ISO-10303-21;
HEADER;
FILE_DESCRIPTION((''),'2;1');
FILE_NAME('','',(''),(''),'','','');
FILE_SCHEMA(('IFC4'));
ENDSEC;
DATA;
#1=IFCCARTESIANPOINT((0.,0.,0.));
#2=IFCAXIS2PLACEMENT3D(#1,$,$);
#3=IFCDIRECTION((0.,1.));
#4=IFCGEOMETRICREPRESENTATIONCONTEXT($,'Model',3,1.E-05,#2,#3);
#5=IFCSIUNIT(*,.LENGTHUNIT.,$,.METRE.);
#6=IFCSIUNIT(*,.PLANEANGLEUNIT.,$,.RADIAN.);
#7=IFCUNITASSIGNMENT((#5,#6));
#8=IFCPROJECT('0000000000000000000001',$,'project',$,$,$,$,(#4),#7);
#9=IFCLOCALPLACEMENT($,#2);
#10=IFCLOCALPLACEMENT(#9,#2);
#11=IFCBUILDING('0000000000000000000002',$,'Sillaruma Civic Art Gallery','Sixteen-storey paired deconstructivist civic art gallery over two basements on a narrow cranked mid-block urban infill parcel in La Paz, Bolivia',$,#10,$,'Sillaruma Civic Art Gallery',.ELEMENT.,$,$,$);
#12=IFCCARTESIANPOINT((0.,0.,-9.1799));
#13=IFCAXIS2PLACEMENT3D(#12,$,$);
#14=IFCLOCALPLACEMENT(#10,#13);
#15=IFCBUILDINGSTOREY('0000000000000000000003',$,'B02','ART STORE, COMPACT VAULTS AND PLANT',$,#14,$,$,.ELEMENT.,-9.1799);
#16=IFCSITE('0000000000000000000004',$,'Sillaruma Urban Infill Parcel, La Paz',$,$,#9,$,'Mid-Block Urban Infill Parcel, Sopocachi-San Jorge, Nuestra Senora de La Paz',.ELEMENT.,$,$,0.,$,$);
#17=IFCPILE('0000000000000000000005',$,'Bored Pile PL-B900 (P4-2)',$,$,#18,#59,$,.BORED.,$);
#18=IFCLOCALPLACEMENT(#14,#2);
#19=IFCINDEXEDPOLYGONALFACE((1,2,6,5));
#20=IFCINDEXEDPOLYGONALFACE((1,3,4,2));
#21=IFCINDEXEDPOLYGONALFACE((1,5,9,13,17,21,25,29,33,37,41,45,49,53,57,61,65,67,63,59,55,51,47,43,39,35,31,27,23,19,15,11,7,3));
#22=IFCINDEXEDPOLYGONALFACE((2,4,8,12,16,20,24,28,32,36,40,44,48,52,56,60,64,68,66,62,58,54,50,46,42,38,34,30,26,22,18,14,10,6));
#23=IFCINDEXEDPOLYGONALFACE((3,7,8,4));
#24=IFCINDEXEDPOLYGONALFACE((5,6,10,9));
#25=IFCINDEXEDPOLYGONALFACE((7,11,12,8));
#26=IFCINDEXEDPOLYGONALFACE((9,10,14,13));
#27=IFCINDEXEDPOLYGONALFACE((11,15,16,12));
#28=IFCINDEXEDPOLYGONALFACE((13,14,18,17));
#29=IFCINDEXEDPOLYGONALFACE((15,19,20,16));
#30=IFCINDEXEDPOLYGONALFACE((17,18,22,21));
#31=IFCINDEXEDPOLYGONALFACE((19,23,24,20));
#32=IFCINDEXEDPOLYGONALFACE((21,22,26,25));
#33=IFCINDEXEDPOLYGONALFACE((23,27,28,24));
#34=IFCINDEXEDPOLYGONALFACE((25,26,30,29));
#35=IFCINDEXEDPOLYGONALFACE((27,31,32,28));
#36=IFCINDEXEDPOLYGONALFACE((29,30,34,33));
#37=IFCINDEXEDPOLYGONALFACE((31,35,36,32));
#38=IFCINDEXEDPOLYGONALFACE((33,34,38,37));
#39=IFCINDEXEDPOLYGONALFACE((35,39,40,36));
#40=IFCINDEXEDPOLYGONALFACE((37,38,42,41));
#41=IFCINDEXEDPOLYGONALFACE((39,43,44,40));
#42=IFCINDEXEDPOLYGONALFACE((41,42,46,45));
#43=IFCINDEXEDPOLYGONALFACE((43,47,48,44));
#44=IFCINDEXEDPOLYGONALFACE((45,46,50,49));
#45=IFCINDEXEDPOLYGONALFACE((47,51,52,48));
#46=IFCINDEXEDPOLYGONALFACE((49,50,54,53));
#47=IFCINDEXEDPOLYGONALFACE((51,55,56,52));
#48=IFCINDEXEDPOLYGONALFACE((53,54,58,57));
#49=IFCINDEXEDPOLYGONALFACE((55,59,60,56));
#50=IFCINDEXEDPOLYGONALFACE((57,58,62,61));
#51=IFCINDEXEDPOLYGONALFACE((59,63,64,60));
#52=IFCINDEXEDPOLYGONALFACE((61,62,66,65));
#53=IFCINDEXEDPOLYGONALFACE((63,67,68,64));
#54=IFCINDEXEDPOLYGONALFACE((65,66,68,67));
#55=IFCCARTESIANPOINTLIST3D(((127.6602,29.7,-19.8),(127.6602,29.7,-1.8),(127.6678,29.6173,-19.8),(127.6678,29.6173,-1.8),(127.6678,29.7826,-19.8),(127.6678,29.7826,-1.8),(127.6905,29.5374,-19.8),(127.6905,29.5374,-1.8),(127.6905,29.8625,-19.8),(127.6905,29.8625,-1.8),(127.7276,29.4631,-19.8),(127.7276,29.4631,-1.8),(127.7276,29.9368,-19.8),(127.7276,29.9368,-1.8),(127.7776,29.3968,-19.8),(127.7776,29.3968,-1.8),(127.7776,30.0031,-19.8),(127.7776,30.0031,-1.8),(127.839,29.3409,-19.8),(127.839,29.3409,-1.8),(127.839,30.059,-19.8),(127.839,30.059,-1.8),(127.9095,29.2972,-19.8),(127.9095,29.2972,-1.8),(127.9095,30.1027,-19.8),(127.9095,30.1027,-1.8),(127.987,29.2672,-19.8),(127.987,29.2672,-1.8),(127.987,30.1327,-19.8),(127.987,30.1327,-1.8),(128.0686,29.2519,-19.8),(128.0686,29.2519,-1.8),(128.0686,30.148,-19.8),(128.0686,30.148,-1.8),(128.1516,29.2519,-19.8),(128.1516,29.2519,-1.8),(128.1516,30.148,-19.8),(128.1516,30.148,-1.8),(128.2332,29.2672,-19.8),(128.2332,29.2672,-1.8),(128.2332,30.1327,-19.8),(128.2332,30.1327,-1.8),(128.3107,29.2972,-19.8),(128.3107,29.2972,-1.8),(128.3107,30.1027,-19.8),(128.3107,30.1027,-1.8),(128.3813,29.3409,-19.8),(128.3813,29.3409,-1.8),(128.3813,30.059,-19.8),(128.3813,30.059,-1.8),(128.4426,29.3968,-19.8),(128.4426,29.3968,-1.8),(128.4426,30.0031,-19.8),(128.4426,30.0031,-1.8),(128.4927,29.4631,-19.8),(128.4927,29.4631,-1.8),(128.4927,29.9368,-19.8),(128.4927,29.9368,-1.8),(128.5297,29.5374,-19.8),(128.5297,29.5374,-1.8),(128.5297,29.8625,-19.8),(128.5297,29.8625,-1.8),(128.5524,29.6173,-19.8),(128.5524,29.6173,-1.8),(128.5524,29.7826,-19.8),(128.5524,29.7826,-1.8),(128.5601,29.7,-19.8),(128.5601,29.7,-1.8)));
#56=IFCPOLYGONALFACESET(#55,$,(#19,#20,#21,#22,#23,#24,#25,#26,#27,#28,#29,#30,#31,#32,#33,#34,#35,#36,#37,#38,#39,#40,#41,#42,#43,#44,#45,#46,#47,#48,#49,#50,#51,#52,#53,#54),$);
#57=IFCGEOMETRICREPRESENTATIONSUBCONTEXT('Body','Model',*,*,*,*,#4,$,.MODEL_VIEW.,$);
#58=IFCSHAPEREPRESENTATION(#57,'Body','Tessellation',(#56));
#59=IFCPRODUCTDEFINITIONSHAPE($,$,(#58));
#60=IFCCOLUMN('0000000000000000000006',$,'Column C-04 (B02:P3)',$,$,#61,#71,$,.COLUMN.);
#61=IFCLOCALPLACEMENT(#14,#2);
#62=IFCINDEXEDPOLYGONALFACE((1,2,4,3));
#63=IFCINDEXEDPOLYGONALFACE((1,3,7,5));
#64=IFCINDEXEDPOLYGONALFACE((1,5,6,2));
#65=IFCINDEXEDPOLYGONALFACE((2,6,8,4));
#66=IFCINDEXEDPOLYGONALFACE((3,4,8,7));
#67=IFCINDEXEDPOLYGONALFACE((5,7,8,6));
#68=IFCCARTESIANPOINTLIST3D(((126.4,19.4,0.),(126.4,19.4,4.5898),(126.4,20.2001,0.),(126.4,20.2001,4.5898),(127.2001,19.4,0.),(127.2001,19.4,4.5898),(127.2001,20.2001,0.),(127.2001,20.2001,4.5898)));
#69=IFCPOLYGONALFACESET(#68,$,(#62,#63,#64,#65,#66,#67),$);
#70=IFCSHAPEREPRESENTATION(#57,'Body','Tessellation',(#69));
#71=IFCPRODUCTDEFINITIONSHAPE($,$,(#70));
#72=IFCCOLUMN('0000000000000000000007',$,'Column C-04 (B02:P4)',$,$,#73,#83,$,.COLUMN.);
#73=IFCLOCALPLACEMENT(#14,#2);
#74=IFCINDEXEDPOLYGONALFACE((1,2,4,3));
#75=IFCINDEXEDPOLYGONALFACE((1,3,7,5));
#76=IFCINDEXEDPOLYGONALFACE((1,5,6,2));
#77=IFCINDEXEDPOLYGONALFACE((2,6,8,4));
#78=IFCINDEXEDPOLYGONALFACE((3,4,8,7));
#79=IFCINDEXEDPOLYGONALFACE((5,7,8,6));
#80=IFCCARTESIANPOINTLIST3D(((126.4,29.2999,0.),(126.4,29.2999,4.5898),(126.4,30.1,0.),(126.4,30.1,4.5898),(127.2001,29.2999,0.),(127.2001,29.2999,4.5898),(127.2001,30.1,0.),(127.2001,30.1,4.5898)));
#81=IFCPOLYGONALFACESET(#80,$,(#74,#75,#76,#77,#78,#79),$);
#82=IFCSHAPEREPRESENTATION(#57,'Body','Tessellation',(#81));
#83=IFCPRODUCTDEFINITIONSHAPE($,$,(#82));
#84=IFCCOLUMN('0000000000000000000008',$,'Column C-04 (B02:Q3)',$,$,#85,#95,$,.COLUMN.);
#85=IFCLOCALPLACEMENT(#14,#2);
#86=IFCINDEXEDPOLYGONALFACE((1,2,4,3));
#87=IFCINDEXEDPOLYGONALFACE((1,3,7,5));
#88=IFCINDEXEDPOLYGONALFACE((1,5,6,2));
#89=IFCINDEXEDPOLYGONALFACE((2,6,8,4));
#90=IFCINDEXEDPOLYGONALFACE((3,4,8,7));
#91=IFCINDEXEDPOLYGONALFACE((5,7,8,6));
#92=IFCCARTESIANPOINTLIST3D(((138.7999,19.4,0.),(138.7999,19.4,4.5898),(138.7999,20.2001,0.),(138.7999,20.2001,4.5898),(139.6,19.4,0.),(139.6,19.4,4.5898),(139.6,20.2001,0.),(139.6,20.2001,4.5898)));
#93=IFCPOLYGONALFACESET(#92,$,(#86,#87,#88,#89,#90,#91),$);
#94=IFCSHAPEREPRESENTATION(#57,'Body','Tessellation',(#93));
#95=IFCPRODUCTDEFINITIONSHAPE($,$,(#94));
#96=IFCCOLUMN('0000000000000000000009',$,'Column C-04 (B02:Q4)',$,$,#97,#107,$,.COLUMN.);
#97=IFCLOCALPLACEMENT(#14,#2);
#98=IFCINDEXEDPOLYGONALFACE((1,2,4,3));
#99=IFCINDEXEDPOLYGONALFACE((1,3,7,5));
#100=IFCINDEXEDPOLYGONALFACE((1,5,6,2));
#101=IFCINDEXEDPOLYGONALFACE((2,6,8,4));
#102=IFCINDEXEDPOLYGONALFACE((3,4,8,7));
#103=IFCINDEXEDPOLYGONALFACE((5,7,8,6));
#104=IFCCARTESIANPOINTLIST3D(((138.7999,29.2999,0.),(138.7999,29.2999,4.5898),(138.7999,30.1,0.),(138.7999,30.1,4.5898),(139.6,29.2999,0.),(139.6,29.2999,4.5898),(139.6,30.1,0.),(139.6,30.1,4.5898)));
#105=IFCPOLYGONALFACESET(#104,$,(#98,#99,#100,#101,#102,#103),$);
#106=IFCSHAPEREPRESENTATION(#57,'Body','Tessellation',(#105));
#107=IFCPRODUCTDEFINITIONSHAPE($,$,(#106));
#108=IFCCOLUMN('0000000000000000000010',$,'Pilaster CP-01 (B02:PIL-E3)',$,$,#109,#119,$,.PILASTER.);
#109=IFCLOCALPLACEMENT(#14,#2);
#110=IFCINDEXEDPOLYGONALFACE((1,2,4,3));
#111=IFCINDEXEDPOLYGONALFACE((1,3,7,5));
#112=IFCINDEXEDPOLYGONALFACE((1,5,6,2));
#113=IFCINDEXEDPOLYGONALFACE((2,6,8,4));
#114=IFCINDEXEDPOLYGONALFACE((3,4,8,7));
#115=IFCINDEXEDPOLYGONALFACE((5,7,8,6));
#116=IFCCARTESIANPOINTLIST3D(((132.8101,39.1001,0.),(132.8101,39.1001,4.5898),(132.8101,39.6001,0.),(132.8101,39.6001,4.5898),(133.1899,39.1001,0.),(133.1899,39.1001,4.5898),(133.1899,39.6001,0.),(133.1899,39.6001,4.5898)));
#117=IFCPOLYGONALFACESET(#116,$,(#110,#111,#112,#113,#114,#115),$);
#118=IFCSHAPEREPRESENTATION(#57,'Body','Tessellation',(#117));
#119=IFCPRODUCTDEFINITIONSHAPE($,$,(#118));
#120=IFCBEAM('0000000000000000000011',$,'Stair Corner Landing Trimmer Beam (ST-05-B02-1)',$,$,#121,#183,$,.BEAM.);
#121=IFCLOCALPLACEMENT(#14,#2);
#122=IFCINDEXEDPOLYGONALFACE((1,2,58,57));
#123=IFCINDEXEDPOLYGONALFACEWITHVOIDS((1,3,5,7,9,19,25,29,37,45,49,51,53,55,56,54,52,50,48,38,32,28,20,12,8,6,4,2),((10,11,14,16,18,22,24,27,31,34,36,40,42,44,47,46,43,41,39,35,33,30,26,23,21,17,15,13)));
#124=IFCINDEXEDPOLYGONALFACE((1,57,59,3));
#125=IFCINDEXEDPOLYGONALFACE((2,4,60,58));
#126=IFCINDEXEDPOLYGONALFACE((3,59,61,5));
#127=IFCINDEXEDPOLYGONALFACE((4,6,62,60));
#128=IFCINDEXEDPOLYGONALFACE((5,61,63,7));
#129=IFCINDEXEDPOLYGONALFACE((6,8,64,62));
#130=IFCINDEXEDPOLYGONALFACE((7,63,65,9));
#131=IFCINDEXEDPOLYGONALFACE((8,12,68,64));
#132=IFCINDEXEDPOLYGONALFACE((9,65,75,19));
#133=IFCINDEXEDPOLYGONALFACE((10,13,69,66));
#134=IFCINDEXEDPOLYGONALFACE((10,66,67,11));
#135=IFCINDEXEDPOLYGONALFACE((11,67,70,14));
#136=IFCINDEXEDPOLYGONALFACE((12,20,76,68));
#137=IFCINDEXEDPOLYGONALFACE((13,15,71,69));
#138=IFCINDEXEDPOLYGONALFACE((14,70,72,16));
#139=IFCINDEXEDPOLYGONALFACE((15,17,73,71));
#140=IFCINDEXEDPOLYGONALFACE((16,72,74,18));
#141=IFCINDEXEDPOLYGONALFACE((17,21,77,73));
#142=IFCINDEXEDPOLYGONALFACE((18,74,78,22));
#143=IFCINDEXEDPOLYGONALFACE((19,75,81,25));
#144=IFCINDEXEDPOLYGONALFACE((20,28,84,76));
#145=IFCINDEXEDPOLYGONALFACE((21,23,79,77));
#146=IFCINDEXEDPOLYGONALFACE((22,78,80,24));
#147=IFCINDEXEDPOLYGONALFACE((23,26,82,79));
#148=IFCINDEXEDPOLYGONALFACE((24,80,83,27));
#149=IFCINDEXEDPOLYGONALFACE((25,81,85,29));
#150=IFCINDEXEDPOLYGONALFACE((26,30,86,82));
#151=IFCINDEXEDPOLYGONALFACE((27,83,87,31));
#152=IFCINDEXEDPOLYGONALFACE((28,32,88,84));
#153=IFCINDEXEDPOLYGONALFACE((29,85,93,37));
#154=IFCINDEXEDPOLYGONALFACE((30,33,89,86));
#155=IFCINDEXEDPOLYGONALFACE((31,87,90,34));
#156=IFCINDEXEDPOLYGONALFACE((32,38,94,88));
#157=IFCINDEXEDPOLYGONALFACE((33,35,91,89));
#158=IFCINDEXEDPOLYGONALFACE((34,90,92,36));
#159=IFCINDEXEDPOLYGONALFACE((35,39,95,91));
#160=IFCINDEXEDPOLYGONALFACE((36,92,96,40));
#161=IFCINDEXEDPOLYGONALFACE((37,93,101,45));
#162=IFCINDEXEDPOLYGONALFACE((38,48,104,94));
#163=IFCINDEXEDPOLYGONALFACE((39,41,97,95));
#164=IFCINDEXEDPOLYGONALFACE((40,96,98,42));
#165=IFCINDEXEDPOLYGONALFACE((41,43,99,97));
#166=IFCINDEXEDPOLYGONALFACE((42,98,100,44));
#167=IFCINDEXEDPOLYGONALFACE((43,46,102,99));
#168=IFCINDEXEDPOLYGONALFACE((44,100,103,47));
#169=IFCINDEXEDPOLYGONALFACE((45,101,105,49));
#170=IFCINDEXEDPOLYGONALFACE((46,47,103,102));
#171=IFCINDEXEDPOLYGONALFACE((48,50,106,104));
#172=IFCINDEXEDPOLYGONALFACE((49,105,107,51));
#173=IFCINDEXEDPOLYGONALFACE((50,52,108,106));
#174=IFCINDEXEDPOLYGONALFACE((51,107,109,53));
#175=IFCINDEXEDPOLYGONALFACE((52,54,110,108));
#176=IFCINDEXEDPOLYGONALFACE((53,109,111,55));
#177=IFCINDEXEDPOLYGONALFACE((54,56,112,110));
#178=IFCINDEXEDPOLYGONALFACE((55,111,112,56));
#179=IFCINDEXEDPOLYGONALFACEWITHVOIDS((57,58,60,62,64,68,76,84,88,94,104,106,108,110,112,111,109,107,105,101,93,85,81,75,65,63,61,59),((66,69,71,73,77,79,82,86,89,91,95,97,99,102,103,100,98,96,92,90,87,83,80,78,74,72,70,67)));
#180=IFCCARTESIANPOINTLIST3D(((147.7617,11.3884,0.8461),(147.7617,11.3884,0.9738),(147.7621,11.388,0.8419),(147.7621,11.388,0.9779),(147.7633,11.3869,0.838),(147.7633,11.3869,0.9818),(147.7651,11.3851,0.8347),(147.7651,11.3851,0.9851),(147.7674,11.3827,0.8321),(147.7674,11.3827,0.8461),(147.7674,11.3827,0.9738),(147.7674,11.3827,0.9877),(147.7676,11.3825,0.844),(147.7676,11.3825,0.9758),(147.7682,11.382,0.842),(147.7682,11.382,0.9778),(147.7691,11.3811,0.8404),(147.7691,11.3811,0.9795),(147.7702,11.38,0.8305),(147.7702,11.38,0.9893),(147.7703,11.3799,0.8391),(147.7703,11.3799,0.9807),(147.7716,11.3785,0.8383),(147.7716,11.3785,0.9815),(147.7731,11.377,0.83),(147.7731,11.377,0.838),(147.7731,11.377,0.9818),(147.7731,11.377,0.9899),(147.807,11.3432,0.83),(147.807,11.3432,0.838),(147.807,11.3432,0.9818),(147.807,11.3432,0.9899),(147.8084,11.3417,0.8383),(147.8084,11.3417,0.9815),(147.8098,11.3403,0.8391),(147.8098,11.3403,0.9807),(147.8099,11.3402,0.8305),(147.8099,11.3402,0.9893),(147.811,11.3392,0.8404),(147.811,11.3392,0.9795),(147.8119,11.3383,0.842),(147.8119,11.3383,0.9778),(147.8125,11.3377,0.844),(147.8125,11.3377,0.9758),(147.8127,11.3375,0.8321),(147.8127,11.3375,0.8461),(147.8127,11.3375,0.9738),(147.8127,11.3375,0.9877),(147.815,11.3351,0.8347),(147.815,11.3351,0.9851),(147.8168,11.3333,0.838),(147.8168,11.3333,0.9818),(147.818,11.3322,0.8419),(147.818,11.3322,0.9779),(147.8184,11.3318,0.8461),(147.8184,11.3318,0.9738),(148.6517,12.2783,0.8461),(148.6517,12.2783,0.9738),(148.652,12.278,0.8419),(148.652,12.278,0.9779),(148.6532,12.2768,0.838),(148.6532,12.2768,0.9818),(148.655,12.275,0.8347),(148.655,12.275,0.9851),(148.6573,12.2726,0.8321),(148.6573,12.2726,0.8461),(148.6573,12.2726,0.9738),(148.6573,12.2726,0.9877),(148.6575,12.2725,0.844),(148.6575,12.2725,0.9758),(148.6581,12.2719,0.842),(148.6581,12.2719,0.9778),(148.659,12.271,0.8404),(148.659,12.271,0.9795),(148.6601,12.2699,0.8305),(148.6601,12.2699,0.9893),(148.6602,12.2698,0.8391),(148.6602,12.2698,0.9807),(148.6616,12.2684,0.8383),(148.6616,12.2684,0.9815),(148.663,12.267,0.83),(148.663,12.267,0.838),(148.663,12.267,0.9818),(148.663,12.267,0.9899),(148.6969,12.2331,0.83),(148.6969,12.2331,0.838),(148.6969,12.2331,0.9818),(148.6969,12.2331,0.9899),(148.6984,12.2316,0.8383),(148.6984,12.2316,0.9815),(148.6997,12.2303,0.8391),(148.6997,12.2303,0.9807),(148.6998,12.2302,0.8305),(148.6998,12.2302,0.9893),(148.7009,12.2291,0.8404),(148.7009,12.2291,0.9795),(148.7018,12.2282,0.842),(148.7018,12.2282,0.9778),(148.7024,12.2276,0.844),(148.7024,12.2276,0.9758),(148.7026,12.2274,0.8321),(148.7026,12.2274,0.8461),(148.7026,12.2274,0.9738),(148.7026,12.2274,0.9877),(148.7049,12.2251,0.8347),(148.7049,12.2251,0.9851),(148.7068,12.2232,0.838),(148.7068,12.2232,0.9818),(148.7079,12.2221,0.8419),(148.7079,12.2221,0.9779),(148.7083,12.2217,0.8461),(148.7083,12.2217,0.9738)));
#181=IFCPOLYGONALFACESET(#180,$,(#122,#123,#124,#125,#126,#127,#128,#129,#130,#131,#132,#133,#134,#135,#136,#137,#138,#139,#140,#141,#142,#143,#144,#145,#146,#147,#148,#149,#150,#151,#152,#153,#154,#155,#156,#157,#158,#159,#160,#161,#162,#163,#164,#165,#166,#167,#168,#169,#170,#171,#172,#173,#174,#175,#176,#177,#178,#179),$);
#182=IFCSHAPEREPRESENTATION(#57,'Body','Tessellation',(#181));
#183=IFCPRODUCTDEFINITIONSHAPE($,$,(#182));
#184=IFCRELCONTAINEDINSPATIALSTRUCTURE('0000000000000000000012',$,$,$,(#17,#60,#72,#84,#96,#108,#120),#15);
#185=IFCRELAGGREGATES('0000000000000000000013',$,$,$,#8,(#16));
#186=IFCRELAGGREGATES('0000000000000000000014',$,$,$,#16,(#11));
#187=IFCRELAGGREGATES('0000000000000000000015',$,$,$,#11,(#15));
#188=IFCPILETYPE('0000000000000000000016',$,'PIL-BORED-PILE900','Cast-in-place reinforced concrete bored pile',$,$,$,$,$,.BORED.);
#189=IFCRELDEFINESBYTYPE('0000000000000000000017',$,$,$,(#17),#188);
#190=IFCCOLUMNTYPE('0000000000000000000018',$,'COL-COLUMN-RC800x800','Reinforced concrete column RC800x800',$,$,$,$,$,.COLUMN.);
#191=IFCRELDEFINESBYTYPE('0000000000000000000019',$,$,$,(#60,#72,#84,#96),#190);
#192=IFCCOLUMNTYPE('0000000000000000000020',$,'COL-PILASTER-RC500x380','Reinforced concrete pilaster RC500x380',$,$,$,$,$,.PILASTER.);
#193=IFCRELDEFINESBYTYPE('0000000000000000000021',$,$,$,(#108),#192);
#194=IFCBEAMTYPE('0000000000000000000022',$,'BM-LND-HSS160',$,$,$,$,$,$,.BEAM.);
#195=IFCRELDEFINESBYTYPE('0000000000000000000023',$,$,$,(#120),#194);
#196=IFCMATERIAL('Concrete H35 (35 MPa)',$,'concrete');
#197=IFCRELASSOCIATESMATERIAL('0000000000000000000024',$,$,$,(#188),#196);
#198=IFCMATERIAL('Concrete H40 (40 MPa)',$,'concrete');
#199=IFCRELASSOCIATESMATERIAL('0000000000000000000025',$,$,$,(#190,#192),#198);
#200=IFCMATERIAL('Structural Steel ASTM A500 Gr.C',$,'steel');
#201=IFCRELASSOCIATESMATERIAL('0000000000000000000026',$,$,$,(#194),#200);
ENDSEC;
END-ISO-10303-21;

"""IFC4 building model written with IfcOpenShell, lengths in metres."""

from ifc_helpers import new_model, si_unit, direction, frame, origin, origin_2d, place, context, subcontext, project, spatial, rectangle, hollow_rectangle, circle, extrude, material, material_profile, profile_set, type_object, element, save


model = new_model("IFC4")

# Units and contexts
model_context = context("Model", 3, precision=1e-05, world=origin(), true_north=direction((0.0, 1.0)))
body_context = subcontext(model_context, "Body", "Model", "MODEL_VIEW")
ifc_project = project(units=[si_unit("LENGTHUNIT", "METRE"), si_unit("PLANEANGLEUNIT", "RADIAN")], contexts=[model_context])

# Site, building, storey
site_placement = place(None, origin())
site = spatial("IfcSite", under=ifc_project, at=site_placement, Name="Sillaruma Urban Infill Parcel, La Paz", LongName="Mid-Block Urban Infill Parcel, Sopocachi-San Jorge, Nuestra Senora de La Paz", CompositionType="ELEMENT", RefElevation=0.0)
building_placement = place(site_placement, origin())
building = spatial("IfcBuilding", under=site, at=building_placement, Name="Sillaruma Civic Art Gallery", Description="Sixteen-storey paired deconstructivist civic art gallery over two basements on a narrow cranked mid-block urban infill parcel in La Paz, Bolivia", LongName="Sillaruma Civic Art Gallery", CompositionType="ELEMENT")
storey_placement = place(building_placement, frame((0.0, 0.0, -9.1799)))
storey = spatial("IfcBuildingStorey", under=building, at=storey_placement, Name="B02", Description="ART STORE, COMPACT VAULTS AND PLANT", CompositionType="ELEMENT", Elevation=-9.1799)

# Shared definitions
ifc_material_1 = material(Name="Concrete H35 (35 MPa)", Category="concrete")

# Pile
ifc_material_profile_1 = material_profile(ifc_material_1, circle(Radius=0.45, at=origin_2d()), Name="PILE900")
ifc_profile_set_1 = profile_set([ifc_material_profile_1], Name="Concrete H35 (35 MPa)")
pile_type_1 = type_object("IfcPileType", Name="PIL-BORED-PILE900", Description="Cast-in-place reinforced concrete bored pile", PredefinedType="BORED", material=ifc_profile_set_1)
pile_placement = place(storey_placement, frame((128.1101, 29.7, -1.8), z_axis=(0.0, 0.0, -1.0), x_axis=(1.0, 0.0, 0.0)))
element("IfcPile", 1, at=pile_placement, inside=storey, type_object=pile_type_1, Name="Bored Pile PL-B900 (P4-2)", PredefinedType="BORED", context=body_context, shape_type="SweptSolid", body=[
    extrude(circle(Radius=0.45, at=origin_2d()), origin(), (0.0, 0.0, 1.0), 18.0),
])

# Columns
ifc_material_2 = material(Name="Concrete H40 (40 MPa)", Category="concrete")
ifc_material_profile_2 = material_profile(ifc_material_2, rectangle(XDim=0.8, YDim=0.8, at=origin_2d()), Name="RC800x800")
ifc_profile_set_2 = profile_set([ifc_material_profile_2], Name="Concrete H40 (40 MPa)")
column_type_1 = type_object("IfcColumnType", Name="COL-COLUMN-RC800x800", Description="Reinforced concrete column RC800x800", PredefinedType="COLUMN", material=ifc_profile_set_2)
for number, where, z_axis, x_axis, name in (
    (2, (126.8, 19.8, 0.0), (0.0, 0.0, 1.0), (1.0, 0.0, 0.0), "Column C-04 (B02:P3)"),
    (3, (126.8, 29.7, 0.0), (0.0, 0.0, 1.0), (1.0, 0.0, 0.0), "Column C-04 (B02:P4)"),
    (4, (139.2, 19.8, 0.0), (0.0, 0.0, 1.0), (1.0, 0.0, 0.0), "Column C-04 (B02:Q3)"),
    (5, (139.2, 29.7, 0.0), (0.0, 0.0, 1.0), (1.0, 0.0, 0.0), "Column C-04 (B02:Q4)"),
):
    element("IfcColumn", number, at=place(storey_placement, frame(where, z_axis=z_axis, x_axis=x_axis)), inside=storey, type_object=column_type_1, Name=name, PredefinedType="COLUMN", context=body_context, shape_type="SweptSolid", body=[
        extrude(rectangle(XDim=0.8, YDim=0.8, at=origin_2d()), origin(), (0.0, 0.0, 1.0), 4.5898),
    ])
ifc_material_profile_3 = material_profile(ifc_material_2, rectangle(XDim=0.3799, YDim=0.5, at=origin_2d()), Name="RC500x380")
ifc_profile_set_3 = profile_set([ifc_material_profile_3], Name="Concrete H40 (40 MPa)")
column_type_2 = type_object("IfcColumnType", Name="COL-PILASTER-RC500x380", Description="Reinforced concrete pilaster RC500x380", PredefinedType="PILASTER", material=ifc_profile_set_3)
column_placement = place(storey_placement, frame((133.0, 39.3501, 0.0), z_axis=(0.0, 0.0, 1.0), x_axis=(1.0, 0.0, 0.0)))
element("IfcColumn", 6, at=column_placement, inside=storey, type_object=column_type_2, Name="Pilaster CP-01 (B02:PIL-E3)", PredefinedType="PILASTER", context=body_context, shape_type="SweptSolid", body=[
    extrude(rectangle(XDim=0.3799, YDim=0.5, at=origin_2d()), origin(), (0.0, 0.0, 1.0), 4.5898),
])

# Beam
ifc_material_3 = material(Name="Structural Steel ASTM A500 Gr.C", Category="steel")
ifc_material_profile_4 = material_profile(ifc_material_3, hollow_rectangle(XDim=0.0801, YDim=0.1599, WallThickness=0.0081, InnerFilletRadius=0.0081, OuterFilletRadius=0.0161, at=origin_2d()), Name="HSS160x80x8")
ifc_profile_set_4 = profile_set([ifc_material_profile_4], Name="Structural Steel ASTM A500 Gr.C")
beam_type = type_object("IfcBeamType", Name="BM-LND-HSS160", PredefinedType="BEAM", material=ifc_profile_set_4)
for number, where, z_axis, x_axis, name in (
    (7, (147.79, 11.3601, 0.9099), (0.707107, 0.707107, 0.0), (-0.707107, 0.707107, 0.0), "Stair Corner Landing Trimmer Beam (ST-05-B02-1)"),
):
    element("IfcBeam", number, at=place(storey_placement, frame(where, z_axis=z_axis, x_axis=x_axis)), inside=storey, type_object=beam_type, Name=name, PredefinedType="BEAM", context=body_context, shape_type="SweptSolid", body=[
        extrude(hollow_rectangle(XDim=0.0801, YDim=0.1599, WallThickness=0.0081, InnerFilletRadius=0.0081, OuterFilletRadius=0.0161, at=origin_2d()), origin(), (0.0, 0.0, 1.0), 1.2585),
    ])

save(model, "model.ifc")
